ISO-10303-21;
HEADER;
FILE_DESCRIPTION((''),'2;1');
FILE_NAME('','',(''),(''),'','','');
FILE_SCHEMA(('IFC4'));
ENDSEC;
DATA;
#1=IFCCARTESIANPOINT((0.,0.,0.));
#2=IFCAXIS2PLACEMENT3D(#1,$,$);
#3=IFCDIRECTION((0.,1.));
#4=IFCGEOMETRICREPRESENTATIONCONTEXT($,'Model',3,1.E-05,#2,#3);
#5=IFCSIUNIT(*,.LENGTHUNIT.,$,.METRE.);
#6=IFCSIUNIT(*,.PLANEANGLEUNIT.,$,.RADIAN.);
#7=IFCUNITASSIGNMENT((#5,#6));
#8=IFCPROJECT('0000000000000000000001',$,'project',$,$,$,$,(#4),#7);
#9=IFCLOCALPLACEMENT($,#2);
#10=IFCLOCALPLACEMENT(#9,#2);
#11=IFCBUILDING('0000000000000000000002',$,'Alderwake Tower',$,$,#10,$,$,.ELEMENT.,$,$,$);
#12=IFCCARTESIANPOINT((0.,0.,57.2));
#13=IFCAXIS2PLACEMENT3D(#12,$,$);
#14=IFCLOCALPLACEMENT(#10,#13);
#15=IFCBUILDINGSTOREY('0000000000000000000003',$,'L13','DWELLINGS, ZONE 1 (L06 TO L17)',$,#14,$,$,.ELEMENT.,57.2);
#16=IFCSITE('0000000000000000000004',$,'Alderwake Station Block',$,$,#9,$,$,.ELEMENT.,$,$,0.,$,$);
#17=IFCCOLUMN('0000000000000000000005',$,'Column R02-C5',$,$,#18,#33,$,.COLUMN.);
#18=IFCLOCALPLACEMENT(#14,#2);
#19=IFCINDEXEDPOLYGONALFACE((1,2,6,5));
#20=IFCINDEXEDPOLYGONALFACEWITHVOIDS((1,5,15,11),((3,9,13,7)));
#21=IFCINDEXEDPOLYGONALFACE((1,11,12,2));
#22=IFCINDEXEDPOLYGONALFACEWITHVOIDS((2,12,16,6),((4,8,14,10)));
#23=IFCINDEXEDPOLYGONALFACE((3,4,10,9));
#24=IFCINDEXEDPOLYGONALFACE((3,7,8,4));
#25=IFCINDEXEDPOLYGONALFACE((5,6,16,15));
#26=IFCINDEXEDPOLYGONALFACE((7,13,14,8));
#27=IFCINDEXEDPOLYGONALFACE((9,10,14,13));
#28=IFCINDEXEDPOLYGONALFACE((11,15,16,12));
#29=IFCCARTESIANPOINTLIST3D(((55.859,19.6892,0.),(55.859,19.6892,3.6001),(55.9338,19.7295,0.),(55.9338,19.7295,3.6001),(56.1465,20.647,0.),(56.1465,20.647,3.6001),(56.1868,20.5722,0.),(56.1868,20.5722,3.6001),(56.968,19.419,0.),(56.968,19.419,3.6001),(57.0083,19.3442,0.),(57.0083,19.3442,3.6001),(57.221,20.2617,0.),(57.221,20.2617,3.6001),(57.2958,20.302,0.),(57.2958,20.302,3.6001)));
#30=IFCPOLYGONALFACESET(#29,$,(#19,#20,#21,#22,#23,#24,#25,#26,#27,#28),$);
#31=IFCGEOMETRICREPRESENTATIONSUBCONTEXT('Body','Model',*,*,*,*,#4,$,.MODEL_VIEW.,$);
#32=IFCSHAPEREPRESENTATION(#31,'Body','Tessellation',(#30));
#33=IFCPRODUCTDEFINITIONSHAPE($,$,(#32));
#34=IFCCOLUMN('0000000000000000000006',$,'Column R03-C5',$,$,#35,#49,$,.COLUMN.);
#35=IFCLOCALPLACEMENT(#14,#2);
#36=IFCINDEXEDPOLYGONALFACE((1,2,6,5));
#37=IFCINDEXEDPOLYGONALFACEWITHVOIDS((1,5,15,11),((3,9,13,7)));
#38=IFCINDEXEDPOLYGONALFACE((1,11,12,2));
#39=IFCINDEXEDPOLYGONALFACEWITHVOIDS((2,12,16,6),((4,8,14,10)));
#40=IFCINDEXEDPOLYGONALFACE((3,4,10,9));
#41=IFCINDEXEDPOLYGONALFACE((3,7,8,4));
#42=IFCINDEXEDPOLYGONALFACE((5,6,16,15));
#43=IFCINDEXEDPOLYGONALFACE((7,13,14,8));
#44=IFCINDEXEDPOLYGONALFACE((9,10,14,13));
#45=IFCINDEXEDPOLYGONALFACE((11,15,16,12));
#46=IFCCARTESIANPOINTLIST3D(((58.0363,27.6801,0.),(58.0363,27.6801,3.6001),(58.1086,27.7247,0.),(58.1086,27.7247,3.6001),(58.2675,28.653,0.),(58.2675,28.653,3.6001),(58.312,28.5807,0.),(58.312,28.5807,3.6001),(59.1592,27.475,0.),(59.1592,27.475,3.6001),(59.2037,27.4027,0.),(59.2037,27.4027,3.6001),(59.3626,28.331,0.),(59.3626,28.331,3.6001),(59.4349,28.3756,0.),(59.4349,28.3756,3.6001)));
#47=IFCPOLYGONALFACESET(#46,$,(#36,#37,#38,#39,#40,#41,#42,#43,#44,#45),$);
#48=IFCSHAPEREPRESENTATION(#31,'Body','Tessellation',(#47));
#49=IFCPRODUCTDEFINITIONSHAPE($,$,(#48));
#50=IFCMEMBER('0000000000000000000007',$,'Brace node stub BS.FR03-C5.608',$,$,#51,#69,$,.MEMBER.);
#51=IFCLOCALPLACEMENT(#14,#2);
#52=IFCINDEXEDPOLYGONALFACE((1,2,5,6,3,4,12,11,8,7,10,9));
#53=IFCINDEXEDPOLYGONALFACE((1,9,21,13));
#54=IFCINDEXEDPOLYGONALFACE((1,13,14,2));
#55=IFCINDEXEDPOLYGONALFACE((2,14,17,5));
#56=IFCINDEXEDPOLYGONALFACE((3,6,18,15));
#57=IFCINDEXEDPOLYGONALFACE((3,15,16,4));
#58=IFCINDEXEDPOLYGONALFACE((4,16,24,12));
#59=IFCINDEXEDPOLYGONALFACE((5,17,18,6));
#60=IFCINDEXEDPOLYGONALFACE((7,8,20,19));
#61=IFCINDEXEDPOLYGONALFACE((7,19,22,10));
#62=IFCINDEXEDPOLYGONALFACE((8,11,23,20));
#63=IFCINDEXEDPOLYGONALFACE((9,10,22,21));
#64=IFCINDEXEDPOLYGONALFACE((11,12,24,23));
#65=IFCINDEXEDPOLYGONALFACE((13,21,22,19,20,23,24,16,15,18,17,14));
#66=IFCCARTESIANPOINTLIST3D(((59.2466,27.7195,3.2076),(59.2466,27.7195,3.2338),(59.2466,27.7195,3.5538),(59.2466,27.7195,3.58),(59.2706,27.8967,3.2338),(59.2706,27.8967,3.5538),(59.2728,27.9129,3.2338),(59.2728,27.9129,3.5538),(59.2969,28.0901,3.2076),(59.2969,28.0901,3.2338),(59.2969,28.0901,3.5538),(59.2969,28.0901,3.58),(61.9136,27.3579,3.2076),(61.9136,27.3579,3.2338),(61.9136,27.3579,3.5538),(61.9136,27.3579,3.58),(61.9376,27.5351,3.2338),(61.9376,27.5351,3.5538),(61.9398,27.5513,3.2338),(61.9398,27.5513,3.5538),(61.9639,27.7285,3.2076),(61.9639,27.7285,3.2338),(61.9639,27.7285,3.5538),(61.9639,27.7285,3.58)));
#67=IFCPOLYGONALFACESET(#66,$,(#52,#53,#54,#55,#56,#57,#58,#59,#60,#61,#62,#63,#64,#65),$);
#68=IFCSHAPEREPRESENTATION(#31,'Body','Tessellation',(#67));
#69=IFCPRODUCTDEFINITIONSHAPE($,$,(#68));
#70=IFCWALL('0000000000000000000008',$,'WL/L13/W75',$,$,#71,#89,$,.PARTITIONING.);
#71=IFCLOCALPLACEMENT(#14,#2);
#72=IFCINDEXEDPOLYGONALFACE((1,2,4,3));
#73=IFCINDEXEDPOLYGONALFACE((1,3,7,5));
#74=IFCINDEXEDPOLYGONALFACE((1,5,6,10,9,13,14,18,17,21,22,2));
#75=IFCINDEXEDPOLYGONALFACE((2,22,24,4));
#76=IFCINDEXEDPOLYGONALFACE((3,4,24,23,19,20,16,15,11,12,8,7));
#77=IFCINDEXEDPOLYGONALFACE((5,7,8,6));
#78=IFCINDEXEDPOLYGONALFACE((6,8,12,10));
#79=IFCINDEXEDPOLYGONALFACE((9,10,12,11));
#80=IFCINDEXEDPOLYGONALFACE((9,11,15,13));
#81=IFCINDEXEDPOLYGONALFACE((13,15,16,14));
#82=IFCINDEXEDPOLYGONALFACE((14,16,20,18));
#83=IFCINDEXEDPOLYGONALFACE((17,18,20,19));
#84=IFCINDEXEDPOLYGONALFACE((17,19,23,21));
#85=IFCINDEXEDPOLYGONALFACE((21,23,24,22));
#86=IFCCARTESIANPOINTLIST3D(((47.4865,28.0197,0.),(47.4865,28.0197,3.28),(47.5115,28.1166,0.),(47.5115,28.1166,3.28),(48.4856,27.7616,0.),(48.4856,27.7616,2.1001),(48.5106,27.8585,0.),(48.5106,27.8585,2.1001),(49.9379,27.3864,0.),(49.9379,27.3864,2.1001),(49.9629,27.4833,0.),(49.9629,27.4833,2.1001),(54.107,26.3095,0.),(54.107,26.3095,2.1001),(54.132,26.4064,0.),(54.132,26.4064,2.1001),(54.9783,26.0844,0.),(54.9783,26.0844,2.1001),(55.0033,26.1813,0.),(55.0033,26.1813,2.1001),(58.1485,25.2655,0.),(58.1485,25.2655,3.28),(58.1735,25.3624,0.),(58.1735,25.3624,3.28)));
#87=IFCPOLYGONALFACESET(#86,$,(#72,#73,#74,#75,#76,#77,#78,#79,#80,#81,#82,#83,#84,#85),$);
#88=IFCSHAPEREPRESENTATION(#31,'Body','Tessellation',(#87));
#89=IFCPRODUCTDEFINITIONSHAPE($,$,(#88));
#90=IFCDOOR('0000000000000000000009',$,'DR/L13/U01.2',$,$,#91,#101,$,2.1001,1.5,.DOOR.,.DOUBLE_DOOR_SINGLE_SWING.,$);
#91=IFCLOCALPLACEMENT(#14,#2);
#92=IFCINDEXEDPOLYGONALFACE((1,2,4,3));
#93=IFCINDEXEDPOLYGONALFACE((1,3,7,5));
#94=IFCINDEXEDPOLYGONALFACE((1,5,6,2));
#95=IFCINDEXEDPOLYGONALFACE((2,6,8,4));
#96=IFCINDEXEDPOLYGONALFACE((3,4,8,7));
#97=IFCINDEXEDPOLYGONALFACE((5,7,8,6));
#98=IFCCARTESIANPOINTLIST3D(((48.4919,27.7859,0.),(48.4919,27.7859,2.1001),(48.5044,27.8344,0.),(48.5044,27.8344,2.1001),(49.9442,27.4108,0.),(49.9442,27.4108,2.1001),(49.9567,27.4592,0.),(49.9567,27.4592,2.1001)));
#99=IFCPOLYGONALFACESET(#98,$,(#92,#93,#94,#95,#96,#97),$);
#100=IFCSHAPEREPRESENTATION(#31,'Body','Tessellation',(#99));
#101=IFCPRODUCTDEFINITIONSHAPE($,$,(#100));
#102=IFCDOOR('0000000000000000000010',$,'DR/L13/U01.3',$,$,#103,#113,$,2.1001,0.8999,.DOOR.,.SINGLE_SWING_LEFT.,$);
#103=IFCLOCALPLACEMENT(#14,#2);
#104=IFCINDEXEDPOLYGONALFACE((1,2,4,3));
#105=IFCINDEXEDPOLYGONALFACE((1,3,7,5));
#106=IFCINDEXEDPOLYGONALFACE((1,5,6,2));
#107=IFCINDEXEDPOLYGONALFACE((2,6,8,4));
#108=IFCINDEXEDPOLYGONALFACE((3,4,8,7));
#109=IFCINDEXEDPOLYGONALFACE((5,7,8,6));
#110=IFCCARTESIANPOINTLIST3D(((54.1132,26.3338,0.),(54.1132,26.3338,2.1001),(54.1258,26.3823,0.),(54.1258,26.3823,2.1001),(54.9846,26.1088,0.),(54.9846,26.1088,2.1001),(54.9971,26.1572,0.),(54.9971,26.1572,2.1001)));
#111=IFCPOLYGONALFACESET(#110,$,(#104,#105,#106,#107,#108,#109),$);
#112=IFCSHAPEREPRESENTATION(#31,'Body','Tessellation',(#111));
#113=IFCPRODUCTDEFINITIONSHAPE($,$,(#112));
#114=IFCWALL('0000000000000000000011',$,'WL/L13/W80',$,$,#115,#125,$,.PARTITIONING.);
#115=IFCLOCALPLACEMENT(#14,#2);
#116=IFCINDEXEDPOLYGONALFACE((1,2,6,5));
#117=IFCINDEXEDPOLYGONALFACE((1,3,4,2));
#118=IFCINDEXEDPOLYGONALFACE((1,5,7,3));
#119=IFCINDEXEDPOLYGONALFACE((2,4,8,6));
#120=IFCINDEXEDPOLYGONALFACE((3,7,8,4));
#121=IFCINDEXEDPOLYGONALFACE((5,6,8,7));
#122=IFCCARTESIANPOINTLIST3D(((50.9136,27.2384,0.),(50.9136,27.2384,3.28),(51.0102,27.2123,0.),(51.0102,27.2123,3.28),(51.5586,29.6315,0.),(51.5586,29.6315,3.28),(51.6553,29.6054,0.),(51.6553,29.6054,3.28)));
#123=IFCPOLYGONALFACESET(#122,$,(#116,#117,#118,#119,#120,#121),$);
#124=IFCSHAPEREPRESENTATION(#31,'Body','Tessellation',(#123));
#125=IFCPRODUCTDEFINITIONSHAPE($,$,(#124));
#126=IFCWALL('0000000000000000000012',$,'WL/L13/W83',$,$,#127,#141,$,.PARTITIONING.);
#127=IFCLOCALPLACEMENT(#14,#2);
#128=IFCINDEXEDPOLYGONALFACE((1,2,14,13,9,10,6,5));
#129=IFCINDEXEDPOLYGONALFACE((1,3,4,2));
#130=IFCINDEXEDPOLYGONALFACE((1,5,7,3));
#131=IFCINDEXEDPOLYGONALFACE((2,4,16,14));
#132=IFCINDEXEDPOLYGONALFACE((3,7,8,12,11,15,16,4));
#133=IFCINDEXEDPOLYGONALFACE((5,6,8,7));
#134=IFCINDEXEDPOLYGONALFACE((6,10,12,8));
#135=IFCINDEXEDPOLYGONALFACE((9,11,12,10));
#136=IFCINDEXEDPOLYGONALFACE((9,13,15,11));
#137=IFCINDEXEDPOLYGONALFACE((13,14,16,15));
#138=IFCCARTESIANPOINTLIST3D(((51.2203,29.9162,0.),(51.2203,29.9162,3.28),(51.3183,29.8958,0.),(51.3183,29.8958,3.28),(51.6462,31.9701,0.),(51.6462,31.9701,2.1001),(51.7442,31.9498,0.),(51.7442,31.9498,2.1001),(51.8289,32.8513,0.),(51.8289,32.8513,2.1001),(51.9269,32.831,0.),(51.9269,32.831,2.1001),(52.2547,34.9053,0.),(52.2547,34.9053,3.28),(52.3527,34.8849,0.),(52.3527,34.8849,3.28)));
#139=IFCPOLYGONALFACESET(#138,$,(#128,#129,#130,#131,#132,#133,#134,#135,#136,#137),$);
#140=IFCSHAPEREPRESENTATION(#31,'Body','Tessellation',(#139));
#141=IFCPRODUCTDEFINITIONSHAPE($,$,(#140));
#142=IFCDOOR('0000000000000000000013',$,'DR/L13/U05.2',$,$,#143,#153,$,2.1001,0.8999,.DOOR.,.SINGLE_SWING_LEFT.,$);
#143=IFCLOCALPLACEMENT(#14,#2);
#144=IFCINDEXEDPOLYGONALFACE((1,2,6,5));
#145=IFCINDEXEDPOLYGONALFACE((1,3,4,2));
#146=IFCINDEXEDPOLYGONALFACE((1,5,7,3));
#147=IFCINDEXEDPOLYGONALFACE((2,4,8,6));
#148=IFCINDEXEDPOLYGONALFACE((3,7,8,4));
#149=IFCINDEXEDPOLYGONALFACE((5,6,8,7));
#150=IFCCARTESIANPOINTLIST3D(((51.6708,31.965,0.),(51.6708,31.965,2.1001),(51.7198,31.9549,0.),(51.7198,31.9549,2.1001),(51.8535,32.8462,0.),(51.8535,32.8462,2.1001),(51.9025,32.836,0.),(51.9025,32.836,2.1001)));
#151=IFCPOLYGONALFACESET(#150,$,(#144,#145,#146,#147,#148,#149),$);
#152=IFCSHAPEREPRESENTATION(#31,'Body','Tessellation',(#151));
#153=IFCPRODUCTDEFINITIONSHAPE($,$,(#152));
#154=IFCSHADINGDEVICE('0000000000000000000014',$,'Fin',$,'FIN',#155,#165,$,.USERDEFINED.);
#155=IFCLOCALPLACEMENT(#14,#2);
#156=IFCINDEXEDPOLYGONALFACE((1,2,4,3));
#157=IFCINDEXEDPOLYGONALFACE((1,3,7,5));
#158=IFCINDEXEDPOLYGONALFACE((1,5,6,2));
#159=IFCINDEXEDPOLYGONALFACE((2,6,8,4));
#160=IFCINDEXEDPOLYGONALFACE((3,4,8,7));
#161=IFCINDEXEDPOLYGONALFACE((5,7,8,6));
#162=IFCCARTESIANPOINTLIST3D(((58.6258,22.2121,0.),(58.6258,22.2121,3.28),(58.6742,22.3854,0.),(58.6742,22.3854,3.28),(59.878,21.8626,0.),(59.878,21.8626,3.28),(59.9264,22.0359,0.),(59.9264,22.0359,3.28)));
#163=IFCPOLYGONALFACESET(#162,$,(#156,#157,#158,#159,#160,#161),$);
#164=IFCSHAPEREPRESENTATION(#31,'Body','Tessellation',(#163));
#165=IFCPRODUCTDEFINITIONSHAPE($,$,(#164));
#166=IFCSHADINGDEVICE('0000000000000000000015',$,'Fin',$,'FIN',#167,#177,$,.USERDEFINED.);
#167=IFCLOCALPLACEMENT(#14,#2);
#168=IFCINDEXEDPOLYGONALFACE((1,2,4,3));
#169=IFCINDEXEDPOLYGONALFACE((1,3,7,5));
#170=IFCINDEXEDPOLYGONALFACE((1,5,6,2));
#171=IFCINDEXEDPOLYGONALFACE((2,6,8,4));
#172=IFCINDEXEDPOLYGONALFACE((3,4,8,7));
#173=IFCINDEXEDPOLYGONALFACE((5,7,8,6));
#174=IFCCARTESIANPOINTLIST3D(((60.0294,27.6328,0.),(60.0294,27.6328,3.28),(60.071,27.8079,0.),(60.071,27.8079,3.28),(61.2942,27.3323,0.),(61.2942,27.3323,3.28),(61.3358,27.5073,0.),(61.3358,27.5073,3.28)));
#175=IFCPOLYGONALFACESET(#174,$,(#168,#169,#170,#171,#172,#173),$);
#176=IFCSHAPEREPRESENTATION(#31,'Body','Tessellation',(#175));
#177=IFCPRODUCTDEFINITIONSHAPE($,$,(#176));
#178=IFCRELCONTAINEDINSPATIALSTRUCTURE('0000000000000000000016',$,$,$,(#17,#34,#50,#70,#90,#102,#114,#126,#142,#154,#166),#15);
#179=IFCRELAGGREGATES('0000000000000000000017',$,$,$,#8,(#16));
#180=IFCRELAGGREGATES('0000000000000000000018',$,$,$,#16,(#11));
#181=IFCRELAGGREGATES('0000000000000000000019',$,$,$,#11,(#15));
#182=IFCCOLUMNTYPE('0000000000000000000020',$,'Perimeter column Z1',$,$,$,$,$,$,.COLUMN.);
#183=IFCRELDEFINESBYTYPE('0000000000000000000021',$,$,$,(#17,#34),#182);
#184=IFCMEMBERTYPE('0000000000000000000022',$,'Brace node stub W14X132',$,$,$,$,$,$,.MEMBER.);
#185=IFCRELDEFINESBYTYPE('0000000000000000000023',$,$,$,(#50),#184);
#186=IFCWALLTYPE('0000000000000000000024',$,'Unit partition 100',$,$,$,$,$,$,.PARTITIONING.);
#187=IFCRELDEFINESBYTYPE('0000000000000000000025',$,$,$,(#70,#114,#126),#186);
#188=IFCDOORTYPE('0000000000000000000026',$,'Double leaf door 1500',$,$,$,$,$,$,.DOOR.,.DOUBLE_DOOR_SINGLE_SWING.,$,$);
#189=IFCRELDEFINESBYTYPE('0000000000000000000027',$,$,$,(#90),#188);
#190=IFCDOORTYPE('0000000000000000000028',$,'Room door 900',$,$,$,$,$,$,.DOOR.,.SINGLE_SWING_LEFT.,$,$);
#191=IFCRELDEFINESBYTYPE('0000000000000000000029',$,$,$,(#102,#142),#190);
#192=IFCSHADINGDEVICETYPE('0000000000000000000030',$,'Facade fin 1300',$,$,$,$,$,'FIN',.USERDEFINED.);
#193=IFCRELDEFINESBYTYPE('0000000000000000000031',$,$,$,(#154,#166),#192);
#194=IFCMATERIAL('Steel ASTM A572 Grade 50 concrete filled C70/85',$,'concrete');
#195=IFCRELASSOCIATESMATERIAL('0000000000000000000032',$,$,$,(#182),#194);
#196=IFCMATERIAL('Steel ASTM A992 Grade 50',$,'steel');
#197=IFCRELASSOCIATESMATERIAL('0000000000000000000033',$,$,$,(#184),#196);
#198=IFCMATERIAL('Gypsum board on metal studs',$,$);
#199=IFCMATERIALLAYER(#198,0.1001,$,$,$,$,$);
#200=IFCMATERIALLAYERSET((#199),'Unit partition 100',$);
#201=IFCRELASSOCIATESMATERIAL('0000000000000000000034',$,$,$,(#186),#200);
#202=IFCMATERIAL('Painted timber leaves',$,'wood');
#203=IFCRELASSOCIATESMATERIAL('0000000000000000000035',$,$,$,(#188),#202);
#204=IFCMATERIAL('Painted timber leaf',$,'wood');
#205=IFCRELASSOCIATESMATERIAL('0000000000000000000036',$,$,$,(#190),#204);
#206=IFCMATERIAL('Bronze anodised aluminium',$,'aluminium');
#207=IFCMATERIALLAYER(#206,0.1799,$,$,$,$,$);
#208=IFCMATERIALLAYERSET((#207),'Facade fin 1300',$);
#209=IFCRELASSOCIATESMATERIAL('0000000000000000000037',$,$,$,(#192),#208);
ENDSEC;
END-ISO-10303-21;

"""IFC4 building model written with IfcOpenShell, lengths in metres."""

from ifc_helpers import new_model, si_unit, direction, frame, frame_2d, origin, origin_2d, place, context, subcontext, project, spatial, rectangle, hollow_rectangle, i_section, extrude, material, layer, layer_set, material_profile, profile_set, type_object, element, fill, save


model = new_model("IFC4")

# Units and contexts
model_context = context("Model", 3, precision=1e-05, world=origin(), true_north=direction((0.0, 1.0)))
body_context = subcontext(model_context, "Body", "Model", "MODEL_VIEW")
ifc_project = project(units=[si_unit("LENGTHUNIT", "METRE"), si_unit("PLANEANGLEUNIT", "RADIAN")], contexts=[model_context])

# Site, building, storey
site_placement = place(None, origin())
site = spatial("IfcSite", under=ifc_project, at=site_placement, Name="Alderwake Station Block", CompositionType="ELEMENT", RefElevation=0.0)
building_placement = place(site_placement, origin())
building = spatial("IfcBuilding", under=site, at=building_placement, Name="Alderwake Tower", CompositionType="ELEMENT")
storey_placement = place(building_placement, frame((0.0, 0.0, 57.2)))
storey = spatial("IfcBuildingStorey", under=building, at=storey_placement, Name="L13", Description="DWELLINGS, ZONE 1 (L06 TO L17)", CompositionType="ELEMENT", Elevation=57.2)

# Columns
ifc_material_1 = material(Name="Steel ASTM A572 Grade 50 concrete filled C70/85", Category="concrete")
ifc_material_profile_1 = material_profile(ifc_material_1, hollow_rectangle(XDim=1.0, YDim=1.2, WallThickness=0.0601, at=origin_2d()), Name="BOX 1200X1000X60")
ifc_profile_set_1 = profile_set([ifc_material_profile_1], Name="Steel ASTM A572 Grade 50 concrete filled C70/85")
column_type = type_object("IfcColumnType", Name="Perimeter column Z1", PredefinedType="COLUMN", material=ifc_profile_set_1)
for number, where, z_axis, x_axis, name in (
    (1, (56.5774, 19.9956, 0.0), (0.0, 0.0, 1.0), (0.287549, 0.957766, 0.0), "Column R02-C5"),
    (2, (58.7356, 28.0278, 0.0), (0.0, 0.0, 1.0), (0.231222, 0.972901, 0.0), "Column R03-C5"),
):
    element("IfcColumn", number, at=place(storey_placement, frame(where, z_axis=z_axis, x_axis=x_axis)), inside=storey, type_object=column_type, Name=name, PredefinedType="COLUMN", context=body_context, shape_type="SweptSolid", body=[
        extrude(hollow_rectangle(XDim=1.0, YDim=1.2, WallThickness=0.0601, at=origin_2d()), origin(), (0.0, 0.0, 1.0), 3.6001),
    ])

# Member
ifc_material_2 = material(Name="Steel ASTM A992 Grade 50", Category="steel")
ifc_material_profile_2 = material_profile(ifc_material_2, i_section(OverallWidth=0.374, OverallDepth=0.3723, WebThickness=0.0164, FlangeThickness=0.0261, at=origin_2d()), Name="W14X132")
ifc_profile_set_2 = profile_set([ifc_material_profile_2], Name="Steel ASTM A992 Grade 50")
member_type = type_object("IfcMemberType", Name="Brace node stub W14X132", PredefinedType="MEMBER", material=ifc_profile_set_2)
member_placement = place(storey_placement, frame((59.2717, 27.9048, 3.3938), z_axis=(0.990935, -0.134344, 0.0), x_axis=(0.134344, 0.990935, 0.0)))
element("IfcMember", 3, at=member_placement, inside=storey, type_object=member_type, Name="Brace node stub BS.FR03-C5.608", PredefinedType="MEMBER", context=body_context, shape_type="SweptSolid", body=[
    extrude(i_section(OverallWidth=0.374, OverallDepth=0.3723, WebThickness=0.0164, FlangeThickness=0.0261, at=origin_2d()), origin(), (0.0, 0.0, 1.0), 2.6914),
])

# Wall, openings, doors
ifc_material_3 = material(Name="Gypsum board on metal studs")
ifc_layer_1 = layer(ifc_material_3, 0.1001)
ifc_layer_set_1 = layer_set([ifc_layer_1], Name="Unit partition 100")
wall_type_1 = type_object("IfcWallType", Name="Unit partition 100", PredefinedType="PARTITIONING", material=ifc_layer_set_1)
wall_1_placement = place(storey_placement, frame((58.1609, 25.314, 0.0), z_axis=(0.0, 0.0, 1.0), x_axis=(-0.968218, 0.250108, 0.0)))
wall_1 = element("IfcWall", 4, at=wall_1_placement, inside=storey, type_object=wall_type_1, Name="WL/L13/W75", PredefinedType="PARTITIONING", context=body_context, shape_type="SweptSolid", body=[
    extrude(rectangle(XDim=11.012, YDim=0.1001, at=frame_2d((5.5059, 0.0))), origin(), (0.0, 0.0, 1.0), 3.28),
])
opening_1_placement = place(wall_1_placement, frame((8.48, 0.0, 0.0)))
opening_1 = element("IfcOpeningElement", 5, at=opening_1_placement, cuts=wall_1, PredefinedType="OPENING", context=body_context, shape_type="SweptSolid", body=[
    extrude(rectangle(XDim=1.5, YDim=2.1001, at=frame_2d((0.75, 1.05))), frame((0.0, 0.0601, 0.0), z_axis=(0.0, -1.0, 0.0), x_axis=(1.0, 0.0, 0.0)), (0.0, 0.0, 1.0), 0.1201),
])
opening_2_placement = place(wall_1_placement, frame((3.2742, 0.0, 0.0)))
opening_2 = element("IfcOpeningElement", 6, at=opening_2_placement, cuts=wall_1, PredefinedType="OPENING", context=body_context, shape_type="SweptSolid", body=[
    extrude(rectangle(XDim=0.8999, YDim=2.1001, at=frame_2d((0.45, 1.05))), frame((0.0, 0.0601, 0.0), z_axis=(0.0, -1.0, 0.0), x_axis=(1.0, 0.0, 0.0)), (0.0, 0.0, 1.0), 0.1201),
])
ifc_material_4 = material(Name="Painted timber leaves", Category="wood")
door_type_1 = type_object("IfcDoorType", Name="Double leaf door 1500", OperationType="DOUBLE_DOOR_SINGLE_SWING", PredefinedType="DOOR", material=ifc_material_4)
door_1_placement = place(opening_1_placement, origin())
door_1 = element("IfcDoor", 7, at=door_1_placement, inside=storey, type_object=door_type_1, Name="DR/L13/U01.2", OperationType="DOUBLE_DOOR_SINGLE_SWING", OverallHeight=2.1001, OverallWidth=1.5, PredefinedType="DOOR", context=body_context, shape_type="SweptSolid", body=[
    extrude(rectangle(XDim=1.5, YDim=2.1001, at=frame_2d((0.75, 1.05))), frame((0.0, 0.0249, 0.0), z_axis=(0.0, -1.0, 0.0), x_axis=(1.0, 0.0, 0.0)), (0.0, 0.0, 1.0), 0.05),
])
fill(opening_1, door_1)
ifc_material_5 = material(Name="Painted timber leaf", Category="wood")
door_type_2 = type_object("IfcDoorType", Name="Room door 900", OperationType="SINGLE_SWING_LEFT", PredefinedType="DOOR", material=ifc_material_5)
door_2_placement = place(opening_2_placement, origin())
door_2 = element("IfcDoor", 8, at=door_2_placement, inside=storey, type_object=door_type_2, Name="DR/L13/U01.3", OperationType="SINGLE_SWING_LEFT", OverallHeight=2.1001, OverallWidth=0.8999, PredefinedType="DOOR", context=body_context, shape_type="SweptSolid", body=[
    extrude(rectangle(XDim=0.8999, YDim=2.1001, at=frame_2d((0.45, 1.05))), frame((0.0, 0.0249, 0.0), z_axis=(0.0, -1.0, 0.0), x_axis=(1.0, 0.0, 0.0)), (0.0, 0.0, 1.0), 0.05),
])
fill(opening_2, door_2)

# Wall
wall_2_placement = place(storey_placement, frame((50.9619, 27.2253, 0.0), z_axis=(0.0, 0.0, 1.0), x_axis=(0.260249, 0.965542, 0.0)))
element("IfcWall", 9, at=wall_2_placement, inside=storey, type_object=wall_type_1, Name="WL/L13/W80", PredefinedType="PARTITIONING", context=body_context, shape_type="SweptSolid", body=[
    extrude(rectangle(XDim=2.4785, YDim=0.1001, at=frame_2d((1.2393, 0.0))), origin(), (0.0, 0.0, 1.0), 3.28),
])

# Wall, opening, door
wall_3_placement = place(storey_placement, frame((51.2693, 29.906, 0.0), z_axis=(0.0, 0.0, 1.0), x_axis=(0.203022, 0.979174, 0.0)))
wall_3 = element("IfcWall", 10, at=wall_3_placement, inside=storey, type_object=wall_type_1, Name="WL/L13/W83", PredefinedType="PARTITIONING", context=body_context, shape_type="SweptSolid", body=[
    extrude(rectangle(XDim=5.0952, YDim=0.1001, at=frame_2d((2.5476, 0.0))), origin(), (0.0, 0.0, 1.0), 3.28),
])
opening_3_placement = place(wall_3_placement, frame((2.0977, 0.0, 0.0)))
opening_3 = element("IfcOpeningElement", 11, at=opening_3_placement, cuts=wall_3, PredefinedType="OPENING", context=body_context, shape_type="SweptSolid", body=[
    extrude(rectangle(XDim=0.8999, YDim=2.1001, at=frame_2d((0.45, 1.05))), frame((0.0, 0.0601, 0.0), z_axis=(0.0, -1.0, 0.0), x_axis=(1.0, 0.0, 0.0)), (0.0, 0.0, 1.0), 0.1201),
])
door_3_placement = place(opening_3_placement, origin())
door_3 = element("IfcDoor", 12, at=door_3_placement, inside=storey, type_object=door_type_2, Name="DR/L13/U05.2", OperationType="SINGLE_SWING_LEFT", OverallHeight=2.1001, OverallWidth=0.8999, PredefinedType="DOOR", context=body_context, shape_type="SweptSolid", body=[
    extrude(rectangle(XDim=0.8999, YDim=2.1001, at=frame_2d((0.45, 1.05))), frame((0.0, 0.0249, 0.0), z_axis=(0.0, -1.0, 0.0), x_axis=(1.0, 0.0, 0.0)), (0.0, 0.0, 1.0), 0.05),
])
fill(opening_3, door_3)

# Shading devices
ifc_material_6 = material(Name="Bronze anodised aluminium", Category="aluminium")
ifc_layer_2 = layer(ifc_material_6, 0.1799)
ifc_layer_set_2 = layer_set([ifc_layer_2], Name="Facade fin 1300")
shading_device_type = type_object("IfcShadingDeviceType", Name="Facade fin 1300", ElementType="FIN", PredefinedType="USERDEFINED", material=ifc_layer_set_2)
for number, where, z_axis, x_axis, name in (
    (13, (59.2761, 22.124, 0.0), (0.0, 0.0, 1.0), (0.963182, -0.268851, 0.0), "Fin"),
    (14, (60.6826, 27.5701, 0.0), (0.0, 0.0, 1.0), (0.972909, -0.231189, 0.0), "Fin"),
):
    element("IfcShadingDevice", number, at=place(storey_placement, frame(where, z_axis=z_axis, x_axis=x_axis)), inside=storey, type_object=shading_device_type, Name=name, ObjectType="FIN", PredefinedType="USERDEFINED", context=body_context, shape_type="SweptSolid", body=[
        extrude(rectangle(XDim=1.3, YDim=0.1799, at=origin_2d()), origin(), (0.0, 0.0, 1.0), 3.28),
    ])

save(model, "model.ifc")
